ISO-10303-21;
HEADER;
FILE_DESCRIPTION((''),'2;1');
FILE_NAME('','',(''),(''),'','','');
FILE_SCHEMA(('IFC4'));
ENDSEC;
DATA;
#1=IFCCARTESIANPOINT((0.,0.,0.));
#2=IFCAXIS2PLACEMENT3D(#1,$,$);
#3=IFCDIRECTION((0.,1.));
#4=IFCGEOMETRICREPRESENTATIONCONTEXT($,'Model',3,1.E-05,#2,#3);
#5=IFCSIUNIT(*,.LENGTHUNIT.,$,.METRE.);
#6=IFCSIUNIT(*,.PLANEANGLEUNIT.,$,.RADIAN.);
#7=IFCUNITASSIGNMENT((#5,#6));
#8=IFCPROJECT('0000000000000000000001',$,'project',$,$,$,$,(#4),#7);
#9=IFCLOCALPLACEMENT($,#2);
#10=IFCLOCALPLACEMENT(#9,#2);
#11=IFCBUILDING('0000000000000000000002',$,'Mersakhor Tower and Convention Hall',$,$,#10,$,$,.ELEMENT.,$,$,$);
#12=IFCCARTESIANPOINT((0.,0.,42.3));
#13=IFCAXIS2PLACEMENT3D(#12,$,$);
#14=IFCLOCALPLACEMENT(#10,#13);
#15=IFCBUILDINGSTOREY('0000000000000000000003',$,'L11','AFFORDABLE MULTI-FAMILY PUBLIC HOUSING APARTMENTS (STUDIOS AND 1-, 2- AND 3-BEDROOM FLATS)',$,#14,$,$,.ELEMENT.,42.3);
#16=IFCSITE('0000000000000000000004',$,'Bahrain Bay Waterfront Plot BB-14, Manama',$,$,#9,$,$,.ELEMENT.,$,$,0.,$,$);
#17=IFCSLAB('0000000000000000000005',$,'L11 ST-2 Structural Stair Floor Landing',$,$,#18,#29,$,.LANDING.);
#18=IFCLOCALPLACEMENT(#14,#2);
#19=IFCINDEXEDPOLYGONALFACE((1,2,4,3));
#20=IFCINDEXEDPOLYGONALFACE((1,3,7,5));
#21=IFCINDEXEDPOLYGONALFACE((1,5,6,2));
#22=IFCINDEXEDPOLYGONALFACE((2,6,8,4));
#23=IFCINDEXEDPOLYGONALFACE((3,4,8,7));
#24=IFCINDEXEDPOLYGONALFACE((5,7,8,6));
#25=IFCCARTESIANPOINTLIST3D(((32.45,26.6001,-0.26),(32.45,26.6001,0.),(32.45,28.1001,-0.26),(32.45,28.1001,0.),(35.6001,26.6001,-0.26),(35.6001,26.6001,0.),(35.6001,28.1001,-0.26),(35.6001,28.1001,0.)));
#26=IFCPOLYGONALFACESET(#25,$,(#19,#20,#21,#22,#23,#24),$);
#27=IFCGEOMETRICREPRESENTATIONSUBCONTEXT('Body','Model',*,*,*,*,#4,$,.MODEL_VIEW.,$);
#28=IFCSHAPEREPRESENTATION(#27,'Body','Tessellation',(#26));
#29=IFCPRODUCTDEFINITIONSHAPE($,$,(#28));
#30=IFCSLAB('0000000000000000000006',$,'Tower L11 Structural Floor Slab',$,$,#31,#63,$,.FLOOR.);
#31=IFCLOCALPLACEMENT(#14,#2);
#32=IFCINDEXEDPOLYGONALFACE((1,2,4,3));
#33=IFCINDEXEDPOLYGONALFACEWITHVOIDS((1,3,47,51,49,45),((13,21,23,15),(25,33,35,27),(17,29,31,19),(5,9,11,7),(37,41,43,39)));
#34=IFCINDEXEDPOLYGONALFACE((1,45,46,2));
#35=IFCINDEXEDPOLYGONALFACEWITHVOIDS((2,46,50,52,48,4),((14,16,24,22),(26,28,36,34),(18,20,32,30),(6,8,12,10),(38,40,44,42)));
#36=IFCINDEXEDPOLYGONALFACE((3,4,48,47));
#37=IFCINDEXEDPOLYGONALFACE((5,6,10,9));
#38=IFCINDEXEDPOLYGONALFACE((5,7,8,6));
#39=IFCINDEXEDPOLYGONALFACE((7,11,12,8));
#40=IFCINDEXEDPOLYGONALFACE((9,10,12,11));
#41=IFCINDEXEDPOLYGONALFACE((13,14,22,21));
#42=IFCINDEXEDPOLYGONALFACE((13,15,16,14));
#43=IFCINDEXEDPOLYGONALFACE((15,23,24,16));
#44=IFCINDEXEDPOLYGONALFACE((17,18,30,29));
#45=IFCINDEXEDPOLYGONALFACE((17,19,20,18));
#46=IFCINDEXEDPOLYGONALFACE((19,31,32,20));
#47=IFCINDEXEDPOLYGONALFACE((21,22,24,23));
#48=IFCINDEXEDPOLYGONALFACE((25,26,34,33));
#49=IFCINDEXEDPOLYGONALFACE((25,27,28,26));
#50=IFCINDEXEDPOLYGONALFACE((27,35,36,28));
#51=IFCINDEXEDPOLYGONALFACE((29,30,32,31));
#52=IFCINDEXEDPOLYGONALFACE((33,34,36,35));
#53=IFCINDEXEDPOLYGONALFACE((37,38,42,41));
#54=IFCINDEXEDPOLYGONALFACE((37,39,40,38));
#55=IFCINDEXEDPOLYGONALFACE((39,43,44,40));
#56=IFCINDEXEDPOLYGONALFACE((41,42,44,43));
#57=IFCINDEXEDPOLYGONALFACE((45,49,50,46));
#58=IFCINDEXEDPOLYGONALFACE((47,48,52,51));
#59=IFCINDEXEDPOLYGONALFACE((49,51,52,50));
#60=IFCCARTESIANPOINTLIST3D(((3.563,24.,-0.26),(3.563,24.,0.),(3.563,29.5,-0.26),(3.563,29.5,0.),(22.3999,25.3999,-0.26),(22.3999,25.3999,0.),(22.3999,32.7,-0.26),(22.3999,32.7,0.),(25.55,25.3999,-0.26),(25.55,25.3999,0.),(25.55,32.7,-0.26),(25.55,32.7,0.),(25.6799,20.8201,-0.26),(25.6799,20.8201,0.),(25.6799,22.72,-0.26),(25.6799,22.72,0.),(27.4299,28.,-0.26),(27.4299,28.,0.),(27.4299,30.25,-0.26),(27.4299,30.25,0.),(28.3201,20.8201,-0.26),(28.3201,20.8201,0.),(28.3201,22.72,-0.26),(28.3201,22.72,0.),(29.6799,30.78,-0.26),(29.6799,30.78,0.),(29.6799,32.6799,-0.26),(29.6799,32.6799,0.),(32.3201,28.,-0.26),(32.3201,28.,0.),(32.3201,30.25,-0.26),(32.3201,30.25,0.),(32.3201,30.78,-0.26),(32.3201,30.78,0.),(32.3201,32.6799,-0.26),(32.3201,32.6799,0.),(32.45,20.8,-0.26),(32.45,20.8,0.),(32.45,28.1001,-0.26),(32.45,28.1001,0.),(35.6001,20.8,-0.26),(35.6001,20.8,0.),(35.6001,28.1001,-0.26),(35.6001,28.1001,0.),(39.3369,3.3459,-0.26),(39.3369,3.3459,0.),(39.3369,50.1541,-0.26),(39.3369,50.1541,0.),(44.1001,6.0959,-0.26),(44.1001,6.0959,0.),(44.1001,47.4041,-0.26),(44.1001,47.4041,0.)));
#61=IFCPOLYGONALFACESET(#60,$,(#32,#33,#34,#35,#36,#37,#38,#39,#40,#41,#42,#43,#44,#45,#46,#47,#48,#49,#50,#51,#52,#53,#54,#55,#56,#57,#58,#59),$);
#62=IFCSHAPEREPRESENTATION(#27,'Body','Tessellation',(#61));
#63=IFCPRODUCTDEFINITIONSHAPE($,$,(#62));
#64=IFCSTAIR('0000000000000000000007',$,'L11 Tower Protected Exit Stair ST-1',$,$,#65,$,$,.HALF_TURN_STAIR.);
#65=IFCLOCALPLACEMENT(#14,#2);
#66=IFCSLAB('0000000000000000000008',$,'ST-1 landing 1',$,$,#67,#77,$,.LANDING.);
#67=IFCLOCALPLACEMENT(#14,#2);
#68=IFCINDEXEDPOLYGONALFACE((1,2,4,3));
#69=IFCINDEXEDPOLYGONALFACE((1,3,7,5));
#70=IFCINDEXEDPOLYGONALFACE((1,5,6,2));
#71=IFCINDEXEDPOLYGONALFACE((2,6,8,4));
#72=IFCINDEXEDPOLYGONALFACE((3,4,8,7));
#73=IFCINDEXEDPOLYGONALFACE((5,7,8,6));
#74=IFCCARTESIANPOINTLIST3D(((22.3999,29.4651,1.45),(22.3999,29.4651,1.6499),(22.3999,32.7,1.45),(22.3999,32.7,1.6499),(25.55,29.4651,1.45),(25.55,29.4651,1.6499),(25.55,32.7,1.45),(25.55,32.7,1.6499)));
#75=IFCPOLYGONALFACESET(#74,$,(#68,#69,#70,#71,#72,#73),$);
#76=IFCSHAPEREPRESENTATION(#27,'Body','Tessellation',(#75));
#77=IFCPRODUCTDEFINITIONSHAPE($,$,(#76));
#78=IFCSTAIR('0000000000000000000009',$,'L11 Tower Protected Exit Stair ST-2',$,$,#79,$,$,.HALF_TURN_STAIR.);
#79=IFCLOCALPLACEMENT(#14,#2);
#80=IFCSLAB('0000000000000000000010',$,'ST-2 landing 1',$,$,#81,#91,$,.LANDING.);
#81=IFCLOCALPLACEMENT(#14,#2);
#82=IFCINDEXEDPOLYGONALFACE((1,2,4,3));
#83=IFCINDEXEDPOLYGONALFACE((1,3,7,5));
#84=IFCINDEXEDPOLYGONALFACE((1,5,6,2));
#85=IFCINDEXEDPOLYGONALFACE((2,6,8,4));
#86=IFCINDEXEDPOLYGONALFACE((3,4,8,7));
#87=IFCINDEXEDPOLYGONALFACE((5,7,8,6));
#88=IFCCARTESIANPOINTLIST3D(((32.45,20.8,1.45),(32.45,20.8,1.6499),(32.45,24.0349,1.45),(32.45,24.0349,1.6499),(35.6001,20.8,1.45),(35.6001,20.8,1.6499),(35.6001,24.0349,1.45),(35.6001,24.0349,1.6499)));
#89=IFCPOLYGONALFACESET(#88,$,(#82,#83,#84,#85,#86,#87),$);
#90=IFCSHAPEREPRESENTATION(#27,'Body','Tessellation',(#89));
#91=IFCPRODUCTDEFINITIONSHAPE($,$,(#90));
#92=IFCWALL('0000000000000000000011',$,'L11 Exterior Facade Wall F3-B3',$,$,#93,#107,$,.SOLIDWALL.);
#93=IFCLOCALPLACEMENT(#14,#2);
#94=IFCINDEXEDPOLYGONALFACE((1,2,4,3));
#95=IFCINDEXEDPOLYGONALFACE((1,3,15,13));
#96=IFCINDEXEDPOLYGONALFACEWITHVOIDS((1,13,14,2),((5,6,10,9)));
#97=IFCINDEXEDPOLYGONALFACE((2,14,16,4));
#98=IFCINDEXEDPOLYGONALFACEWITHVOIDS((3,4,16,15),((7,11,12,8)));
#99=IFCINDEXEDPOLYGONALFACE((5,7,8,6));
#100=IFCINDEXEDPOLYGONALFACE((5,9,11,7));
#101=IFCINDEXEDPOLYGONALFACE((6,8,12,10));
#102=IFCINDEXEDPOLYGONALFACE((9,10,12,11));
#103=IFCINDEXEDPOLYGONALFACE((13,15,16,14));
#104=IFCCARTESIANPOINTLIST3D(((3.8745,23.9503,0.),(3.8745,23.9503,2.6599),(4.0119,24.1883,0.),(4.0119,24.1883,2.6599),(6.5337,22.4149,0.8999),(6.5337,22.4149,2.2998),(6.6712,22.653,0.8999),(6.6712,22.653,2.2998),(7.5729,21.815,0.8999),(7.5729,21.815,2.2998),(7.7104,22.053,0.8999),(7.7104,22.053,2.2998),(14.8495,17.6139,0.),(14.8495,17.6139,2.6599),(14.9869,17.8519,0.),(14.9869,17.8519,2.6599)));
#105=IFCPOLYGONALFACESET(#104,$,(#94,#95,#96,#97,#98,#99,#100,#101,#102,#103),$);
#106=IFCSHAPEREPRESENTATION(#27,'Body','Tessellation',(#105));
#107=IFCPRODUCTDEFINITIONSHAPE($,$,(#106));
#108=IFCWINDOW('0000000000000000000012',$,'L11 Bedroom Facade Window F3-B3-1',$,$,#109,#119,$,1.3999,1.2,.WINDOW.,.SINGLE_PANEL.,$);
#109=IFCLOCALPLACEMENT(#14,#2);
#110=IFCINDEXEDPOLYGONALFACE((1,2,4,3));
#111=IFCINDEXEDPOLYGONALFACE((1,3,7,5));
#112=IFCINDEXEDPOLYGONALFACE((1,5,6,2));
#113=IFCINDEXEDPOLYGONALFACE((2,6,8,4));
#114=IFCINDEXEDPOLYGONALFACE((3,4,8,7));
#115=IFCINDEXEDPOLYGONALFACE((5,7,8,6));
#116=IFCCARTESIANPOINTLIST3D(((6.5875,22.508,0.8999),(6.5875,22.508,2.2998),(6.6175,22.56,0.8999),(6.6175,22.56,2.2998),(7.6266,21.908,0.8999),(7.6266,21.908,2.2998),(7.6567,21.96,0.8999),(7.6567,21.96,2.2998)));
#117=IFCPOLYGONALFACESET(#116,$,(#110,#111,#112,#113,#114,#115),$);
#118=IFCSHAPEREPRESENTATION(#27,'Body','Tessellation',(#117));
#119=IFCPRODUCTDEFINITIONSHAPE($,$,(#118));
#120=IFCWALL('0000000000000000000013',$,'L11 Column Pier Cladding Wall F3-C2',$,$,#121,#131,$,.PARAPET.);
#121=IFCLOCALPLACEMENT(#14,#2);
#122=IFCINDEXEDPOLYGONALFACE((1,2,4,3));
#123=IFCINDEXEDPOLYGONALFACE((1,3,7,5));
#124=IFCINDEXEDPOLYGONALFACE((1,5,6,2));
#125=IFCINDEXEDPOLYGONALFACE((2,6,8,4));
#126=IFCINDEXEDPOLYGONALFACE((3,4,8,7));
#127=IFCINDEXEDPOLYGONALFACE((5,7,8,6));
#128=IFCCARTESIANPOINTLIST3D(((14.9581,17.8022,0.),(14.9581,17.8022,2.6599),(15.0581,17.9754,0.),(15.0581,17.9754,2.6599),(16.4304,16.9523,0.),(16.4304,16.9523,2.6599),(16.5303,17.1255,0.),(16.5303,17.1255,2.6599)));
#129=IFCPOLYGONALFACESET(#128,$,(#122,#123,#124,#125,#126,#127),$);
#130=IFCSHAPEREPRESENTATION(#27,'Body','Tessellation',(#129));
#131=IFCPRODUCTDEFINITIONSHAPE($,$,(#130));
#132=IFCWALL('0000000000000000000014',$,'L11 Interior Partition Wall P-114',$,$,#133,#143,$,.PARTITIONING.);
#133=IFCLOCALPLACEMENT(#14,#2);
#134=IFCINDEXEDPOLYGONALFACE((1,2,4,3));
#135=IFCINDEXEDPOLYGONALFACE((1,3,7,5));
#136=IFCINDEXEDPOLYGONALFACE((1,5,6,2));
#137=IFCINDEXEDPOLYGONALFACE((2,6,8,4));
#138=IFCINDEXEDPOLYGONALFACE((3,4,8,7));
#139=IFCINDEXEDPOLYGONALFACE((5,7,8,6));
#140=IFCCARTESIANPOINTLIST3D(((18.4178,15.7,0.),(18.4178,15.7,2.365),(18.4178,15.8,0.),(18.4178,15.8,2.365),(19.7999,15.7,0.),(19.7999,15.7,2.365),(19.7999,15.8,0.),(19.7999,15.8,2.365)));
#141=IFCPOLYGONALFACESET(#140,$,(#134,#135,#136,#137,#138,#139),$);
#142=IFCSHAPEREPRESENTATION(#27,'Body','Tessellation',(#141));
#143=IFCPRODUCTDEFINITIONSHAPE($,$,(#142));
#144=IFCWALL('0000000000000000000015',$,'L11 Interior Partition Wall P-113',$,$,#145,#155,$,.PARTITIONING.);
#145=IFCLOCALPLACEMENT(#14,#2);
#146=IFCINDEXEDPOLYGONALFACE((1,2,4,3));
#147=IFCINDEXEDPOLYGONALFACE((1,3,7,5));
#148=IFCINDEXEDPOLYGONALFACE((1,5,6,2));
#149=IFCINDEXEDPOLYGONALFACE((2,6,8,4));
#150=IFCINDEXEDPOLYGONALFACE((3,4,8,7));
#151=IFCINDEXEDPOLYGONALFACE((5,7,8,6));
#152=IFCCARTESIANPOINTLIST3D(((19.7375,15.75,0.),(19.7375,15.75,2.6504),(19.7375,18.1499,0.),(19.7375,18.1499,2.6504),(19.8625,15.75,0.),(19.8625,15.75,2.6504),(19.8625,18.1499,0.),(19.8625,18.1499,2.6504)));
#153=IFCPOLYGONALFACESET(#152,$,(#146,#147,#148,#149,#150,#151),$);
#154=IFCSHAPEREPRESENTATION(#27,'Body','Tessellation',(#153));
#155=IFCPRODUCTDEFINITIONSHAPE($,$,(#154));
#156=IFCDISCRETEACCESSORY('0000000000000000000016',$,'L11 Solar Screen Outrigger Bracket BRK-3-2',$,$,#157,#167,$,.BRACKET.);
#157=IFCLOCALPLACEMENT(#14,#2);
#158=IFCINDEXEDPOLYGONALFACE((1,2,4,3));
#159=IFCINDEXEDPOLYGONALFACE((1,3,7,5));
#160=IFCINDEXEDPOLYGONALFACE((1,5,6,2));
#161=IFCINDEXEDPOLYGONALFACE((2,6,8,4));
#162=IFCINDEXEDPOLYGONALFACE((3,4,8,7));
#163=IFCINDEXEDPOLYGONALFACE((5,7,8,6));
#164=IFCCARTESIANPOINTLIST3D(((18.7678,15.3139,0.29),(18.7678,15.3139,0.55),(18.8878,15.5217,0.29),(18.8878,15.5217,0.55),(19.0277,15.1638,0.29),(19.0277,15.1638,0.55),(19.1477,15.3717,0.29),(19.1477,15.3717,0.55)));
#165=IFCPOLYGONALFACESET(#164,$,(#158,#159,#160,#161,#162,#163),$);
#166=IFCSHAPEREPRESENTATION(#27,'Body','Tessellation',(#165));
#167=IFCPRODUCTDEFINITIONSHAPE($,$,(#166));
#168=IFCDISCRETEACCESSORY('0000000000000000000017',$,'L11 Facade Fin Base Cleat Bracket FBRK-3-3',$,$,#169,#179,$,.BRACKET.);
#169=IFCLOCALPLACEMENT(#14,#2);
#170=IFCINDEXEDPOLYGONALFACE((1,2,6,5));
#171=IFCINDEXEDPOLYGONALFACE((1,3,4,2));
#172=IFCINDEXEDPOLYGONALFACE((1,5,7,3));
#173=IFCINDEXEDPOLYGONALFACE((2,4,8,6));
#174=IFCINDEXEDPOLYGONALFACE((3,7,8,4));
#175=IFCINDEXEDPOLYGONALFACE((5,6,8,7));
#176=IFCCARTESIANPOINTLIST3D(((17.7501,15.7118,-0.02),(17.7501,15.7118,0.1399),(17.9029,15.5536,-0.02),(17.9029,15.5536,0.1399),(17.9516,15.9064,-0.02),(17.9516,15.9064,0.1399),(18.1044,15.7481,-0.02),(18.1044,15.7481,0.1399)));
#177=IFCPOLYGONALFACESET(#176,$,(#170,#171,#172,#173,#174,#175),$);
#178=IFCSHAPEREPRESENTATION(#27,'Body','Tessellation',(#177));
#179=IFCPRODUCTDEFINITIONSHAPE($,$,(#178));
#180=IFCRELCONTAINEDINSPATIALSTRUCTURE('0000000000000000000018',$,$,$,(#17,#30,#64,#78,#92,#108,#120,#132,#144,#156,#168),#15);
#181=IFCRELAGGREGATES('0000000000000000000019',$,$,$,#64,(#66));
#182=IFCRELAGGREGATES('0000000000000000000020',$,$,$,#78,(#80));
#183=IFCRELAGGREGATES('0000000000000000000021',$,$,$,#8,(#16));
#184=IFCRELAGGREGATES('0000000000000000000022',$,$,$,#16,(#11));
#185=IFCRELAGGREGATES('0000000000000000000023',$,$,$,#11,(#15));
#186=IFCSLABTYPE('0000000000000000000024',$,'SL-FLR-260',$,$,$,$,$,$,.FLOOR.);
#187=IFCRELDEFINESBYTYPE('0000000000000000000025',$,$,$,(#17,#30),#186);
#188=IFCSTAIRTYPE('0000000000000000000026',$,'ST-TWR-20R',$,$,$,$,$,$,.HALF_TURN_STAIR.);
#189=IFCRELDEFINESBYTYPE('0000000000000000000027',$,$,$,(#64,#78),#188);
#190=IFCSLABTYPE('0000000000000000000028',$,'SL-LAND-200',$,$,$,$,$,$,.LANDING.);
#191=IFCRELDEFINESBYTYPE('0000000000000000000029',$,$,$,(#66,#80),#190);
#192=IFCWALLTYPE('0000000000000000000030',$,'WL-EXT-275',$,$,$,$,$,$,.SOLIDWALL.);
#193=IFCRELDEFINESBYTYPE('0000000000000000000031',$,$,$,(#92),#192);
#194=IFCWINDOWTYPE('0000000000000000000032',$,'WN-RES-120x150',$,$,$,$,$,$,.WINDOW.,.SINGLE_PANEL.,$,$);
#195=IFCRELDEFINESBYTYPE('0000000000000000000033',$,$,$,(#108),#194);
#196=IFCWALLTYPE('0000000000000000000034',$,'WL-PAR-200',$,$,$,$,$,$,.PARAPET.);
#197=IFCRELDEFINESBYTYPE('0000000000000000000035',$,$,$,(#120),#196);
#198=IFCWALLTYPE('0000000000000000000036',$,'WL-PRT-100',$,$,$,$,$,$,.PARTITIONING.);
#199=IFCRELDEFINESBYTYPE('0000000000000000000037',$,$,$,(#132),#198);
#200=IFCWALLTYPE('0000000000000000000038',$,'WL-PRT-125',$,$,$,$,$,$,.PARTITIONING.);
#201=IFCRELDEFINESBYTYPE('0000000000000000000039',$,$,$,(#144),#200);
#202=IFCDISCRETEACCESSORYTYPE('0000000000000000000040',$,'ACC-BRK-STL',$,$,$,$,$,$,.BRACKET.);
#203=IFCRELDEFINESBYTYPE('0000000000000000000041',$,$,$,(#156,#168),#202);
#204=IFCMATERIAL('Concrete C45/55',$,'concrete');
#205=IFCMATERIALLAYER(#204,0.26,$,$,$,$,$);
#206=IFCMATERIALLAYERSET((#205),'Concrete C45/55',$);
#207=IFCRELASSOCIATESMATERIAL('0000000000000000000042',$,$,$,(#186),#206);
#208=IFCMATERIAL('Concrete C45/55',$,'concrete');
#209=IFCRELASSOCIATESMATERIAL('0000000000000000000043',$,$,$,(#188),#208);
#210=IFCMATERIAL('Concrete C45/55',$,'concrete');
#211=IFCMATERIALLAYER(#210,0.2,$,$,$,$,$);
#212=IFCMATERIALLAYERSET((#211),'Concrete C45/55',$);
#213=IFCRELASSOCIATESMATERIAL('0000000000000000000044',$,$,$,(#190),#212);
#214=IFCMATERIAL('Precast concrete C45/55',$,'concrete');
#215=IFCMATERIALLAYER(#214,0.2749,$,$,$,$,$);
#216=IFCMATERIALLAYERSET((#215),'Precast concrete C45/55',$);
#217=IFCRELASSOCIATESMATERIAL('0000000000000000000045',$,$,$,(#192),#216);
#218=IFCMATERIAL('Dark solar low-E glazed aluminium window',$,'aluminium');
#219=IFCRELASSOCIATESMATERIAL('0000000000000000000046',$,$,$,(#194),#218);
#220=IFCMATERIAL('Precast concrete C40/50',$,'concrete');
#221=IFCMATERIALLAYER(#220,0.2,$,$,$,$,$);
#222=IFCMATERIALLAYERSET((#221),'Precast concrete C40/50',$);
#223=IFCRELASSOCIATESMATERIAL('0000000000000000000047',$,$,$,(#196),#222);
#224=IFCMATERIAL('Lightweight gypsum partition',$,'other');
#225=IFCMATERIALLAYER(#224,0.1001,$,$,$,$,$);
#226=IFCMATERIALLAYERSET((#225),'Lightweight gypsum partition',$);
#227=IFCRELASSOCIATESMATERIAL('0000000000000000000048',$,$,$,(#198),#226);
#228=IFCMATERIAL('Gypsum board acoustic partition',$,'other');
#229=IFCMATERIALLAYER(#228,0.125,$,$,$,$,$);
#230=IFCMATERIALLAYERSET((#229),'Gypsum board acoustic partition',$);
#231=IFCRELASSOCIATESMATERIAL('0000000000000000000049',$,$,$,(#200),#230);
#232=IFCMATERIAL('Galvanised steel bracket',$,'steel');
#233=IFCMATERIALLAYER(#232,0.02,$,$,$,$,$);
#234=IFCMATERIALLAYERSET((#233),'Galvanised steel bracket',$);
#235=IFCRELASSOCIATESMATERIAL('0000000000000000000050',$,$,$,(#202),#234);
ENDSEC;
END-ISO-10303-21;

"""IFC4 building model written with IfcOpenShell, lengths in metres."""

from ifc_helpers import new_model, si_unit, direction, frame, frame_2d, origin, origin_2d, place, context, subcontext, project, spatial, polyline, rectangle, outline, extrude, material, layer, layer_set, type_object, element, fill, aggregate, save


model = new_model("IFC4")

# Units and contexts
model_context = context("Model", 3, precision=1e-05, world=origin(), true_north=direction((0.0, 1.0)))
body_context = subcontext(model_context, "Body", "Model", "MODEL_VIEW")
ifc_project = project(units=[si_unit("LENGTHUNIT", "METRE"), si_unit("PLANEANGLEUNIT", "RADIAN")], contexts=[model_context])

# Site, building, storey
site_placement = place(None, origin())
site = spatial("IfcSite", under=ifc_project, at=site_placement, Name="Bahrain Bay Waterfront Plot BB-14, Manama", CompositionType="ELEMENT", RefElevation=0.0)
building_placement = place(site_placement, origin())
building = spatial("IfcBuilding", under=site, at=building_placement, Name="Mersakhor Tower and Convention Hall", CompositionType="ELEMENT")
storey_placement = place(building_placement, frame((0.0, 0.0, 42.3)))
storey = spatial("IfcBuildingStorey", under=building, at=storey_placement, Name="L11", Description="AFFORDABLE MULTI-FAMILY PUBLIC HOUSING APARTMENTS (STUDIOS AND 1-, 2- AND 3-BEDROOM FLATS)", CompositionType="ELEMENT", Elevation=42.3)

# Slabs
ifc_material_1 = material(Name="Concrete C45/55", Category="concrete")
ifc_layer_1 = layer(ifc_material_1, 0.26)
ifc_layer_set_1 = layer_set([ifc_layer_1], Name="Concrete C45/55")
slab_type_1 = type_object("IfcSlabType", Name="SL-FLR-260", PredefinedType="FLOOR", material=ifc_layer_set_1)
slab_1_placement = place(storey_placement, frame((0.0, 0.0, -0.26)))
element("IfcSlab", 1, at=slab_1_placement, inside=storey, type_object=slab_type_1, Name="L11 ST-2 Structural Stair Floor Landing", PredefinedType="LANDING", context=body_context, shape_type="SweptSolid", body=[
    extrude(outline(polyline([(32.45, 28.1001), (32.45, 26.6001), (35.6001, 26.6001), (35.6001, 28.1001), (32.45, 28.1001)])), origin(), (0.0, 0.0, 1.0), 0.26),
])
slab_2_placement = place(storey_placement, frame((0.0, 0.0, -0.26)))
element("IfcSlab", 2, at=slab_2_placement, inside=storey, type_object=slab_type_1, Name="Tower L11 Structural Floor Slab", PredefinedType="FLOOR", context=body_context, shape_type="SweptSolid", body=[
    extrude(outline(polyline([(3.563, 29.5), (39.3369, 50.1541), (44.1001, 47.4041), (44.1001, 6.0959), (39.3369, 3.3459), (3.563, 24.0), (3.563, 29.5)]), holes=[polyline([(25.55, 25.3999), (25.55, 32.7), (22.3999, 32.7), (22.3999, 25.3999), (25.55, 25.3999)]), polyline([(32.45, 28.1001), (32.45, 20.8), (35.6001, 20.8), (35.6001, 28.1001), (32.45, 28.1001)]), polyline([(25.6799, 20.8201), (25.6799, 22.72), (28.3201, 22.72), (28.3201, 20.8201), (25.6799, 20.8201)]), polyline([(29.6799, 30.78), (29.6799, 32.6799), (32.3201, 32.6799), (32.3201, 30.78), (29.6799, 30.78)]), polyline([(27.4299, 28.0), (27.4299, 30.25), (32.3201, 30.25), (32.3201, 28.0), (27.4299, 28.0)])]), origin(), (0.0, 0.0, 1.0), 0.26),
])

# Stairs, slabs
ifc_material_2 = material(Name="Concrete C45/55", Category="concrete")
stair_type = type_object("IfcStairType", Name="ST-TWR-20R", PredefinedType="HALF_TURN_STAIR", material=ifc_material_2)
stair_1_placement = place(storey_placement, origin())
stair_1 = element("IfcStair", 3, at=stair_1_placement, inside=storey, type_object=stair_type, Name="L11 Tower Protected Exit Stair ST-1", PredefinedType="HALF_TURN_STAIR")
ifc_material_3 = material(Name="Concrete C45/55", Category="concrete")
ifc_layer_2 = layer(ifc_material_3, 0.2)
ifc_layer_set_2 = layer_set([ifc_layer_2], Name="Concrete C45/55")
slab_type_2 = type_object("IfcSlabType", Name="SL-LAND-200", PredefinedType="LANDING", material=ifc_layer_set_2)
slab_3_placement = place(storey_placement, frame((0.0, 0.0, 1.45)))
slab_3 = element("IfcSlab", 4, at=slab_3_placement, type_object=slab_type_2, Name="ST-1 landing 1", PredefinedType="LANDING", context=body_context, shape_type="SweptSolid", body=[
    extrude(outline(polyline([(25.55, 29.4651), (25.55, 32.7), (22.3999, 32.7), (22.3999, 29.4651), (25.55, 29.4651)])), origin(), (0.0, 0.0, 1.0), 0.2),
])
aggregate(stair_1, [slab_3])
stair_2_placement = place(storey_placement, origin())
stair_2 = element("IfcStair", 5, at=stair_2_placement, inside=storey, type_object=stair_type, Name="L11 Tower Protected Exit Stair ST-2", PredefinedType="HALF_TURN_STAIR")
slab_4_placement = place(storey_placement, frame((0.0, 0.0, 1.45)))
slab_4 = element("IfcSlab", 6, at=slab_4_placement, type_object=slab_type_2, Name="ST-2 landing 1", PredefinedType="LANDING", context=body_context, shape_type="SweptSolid", body=[
    extrude(outline(polyline([(32.45, 24.0349), (32.45, 20.8), (35.6001, 20.8), (35.6001, 24.0349), (32.45, 24.0349)])), origin(), (0.0, 0.0, 1.0), 0.2),
])
aggregate(stair_2, [slab_4])

# Wall, opening, window
ifc_material_4 = material(Name="Precast concrete C45/55", Category="concrete")
ifc_layer_3 = layer(ifc_material_4, 0.2749)
ifc_layer_set_3 = layer_set([ifc_layer_3], Name="Precast concrete C45/55")
wall_type_1 = type_object("IfcWallType", Name="WL-EXT-275", PredefinedType="SOLIDWALL", material=ifc_layer_set_3)
wall_1_placement = place(storey_placement, frame((14.9182, 17.7329, 0.0), z_axis=(0.0, 0.0, 1.0), x_axis=(-0.866027, 0.499997, 0.0)))
wall_1 = element("IfcWall", 7, at=wall_1_placement, inside=storey, type_object=wall_type_1, Name="L11 Exterior Facade Wall F3-B3", PredefinedType="SOLIDWALL", context=body_context, shape_type="SweptSolid", body=[
    extrude(rectangle(XDim=12.6729, YDim=0.2749, at=frame_2d((6.3364, 0.0))), origin(), (0.0, 0.0, 1.0), 2.6599),
])
opening_placement = place(wall_1_placement, frame((8.4021, 0.0, 0.8999)))
opening = element("IfcOpeningElement", 8, at=opening_placement, cuts=wall_1, PredefinedType="OPENING", context=body_context, shape_type="SweptSolid", body=[
    extrude(rectangle(XDim=1.2, YDim=1.3999, at=frame_2d((0.6001, 0.7))), frame((0.0, 0.1475, 0.0), z_axis=(0.0, -1.0, 0.0), x_axis=(1.0, 0.0, 0.0)), (0.0, 0.0, 1.0), 0.2949),
])
ifc_material_5 = material(Name="Dark solar low-E glazed aluminium window", Category="aluminium")
window_type = type_object("IfcWindowType", Name="WN-RES-120x150", PartitioningType="SINGLE_PANEL", PredefinedType="WINDOW", material=ifc_material_5)
window_placement = place(opening_placement, origin())
window = element("IfcWindow", 9, at=window_placement, inside=storey, type_object=window_type, Name="L11 Bedroom Facade Window F3-B3-1", OverallHeight=1.3999, OverallWidth=1.2, PartitioningType="SINGLE_PANEL", PredefinedType="WINDOW", context=body_context, shape_type="SweptSolid", body=[
    extrude(rectangle(XDim=1.2, YDim=1.3999, at=frame_2d((0.6001, 0.7))), frame((0.0, 0.03, 0.0), z_axis=(0.0, -1.0, 0.0), x_axis=(1.0, 0.0, 0.0)), (0.0, 0.0, 1.0), 0.0601),
])
fill(opening, window)

# Walls
ifc_material_6 = material(Name="Precast concrete C40/50", Category="concrete")
ifc_layer_4 = layer(ifc_material_6, 0.2)
ifc_layer_set_4 = layer_set([ifc_layer_4], Name="Precast concrete C40/50")
wall_type_2 = type_object("IfcWallType", Name="WL-PAR-200", PredefinedType="PARAPET", material=ifc_layer_set_4)
wall_2_placement = place(storey_placement, frame((16.4805, 17.0388, 0.0), z_axis=(0.0, 0.0, 1.0), x_axis=(-0.866052, 0.499955, 0.0)))
element("IfcWall", 10, at=wall_2_placement, inside=storey, type_object=wall_type_2, Name="L11 Column Pier Cladding Wall F3-C2", PredefinedType="PARAPET", context=body_context, shape_type="SweptSolid", body=[
    extrude(rectangle(XDim=1.7, YDim=0.2, at=frame_2d((0.8501, 0.0))), origin(), (0.0, 0.0, 1.0), 2.6599),
])
ifc_material_7 = material(Name="Lightweight gypsum partition", Category="other")
ifc_layer_5 = layer(ifc_material_7, 0.1001)
ifc_layer_set_5 = layer_set([ifc_layer_5], Name="Lightweight gypsum partition")
wall_type_3 = type_object("IfcWallType", Name="WL-PRT-100", PredefinedType="PARTITIONING", material=ifc_layer_set_5)
wall_3_placement = place(storey_placement, frame((18.418, 15.75, 0.0), z_axis=(0.0, 0.0, 1.0), x_axis=(1.0, 0.0, 0.0)))
element("IfcWall", 11, at=wall_3_placement, inside=storey, type_object=wall_type_3, Name="L11 Interior Partition Wall P-114", PredefinedType="PARTITIONING", context=body_context, shape_type="SweptSolid", body=[
    extrude(rectangle(XDim=1.3821, YDim=0.1001, at=frame_2d((0.6909, 0.0))), origin(), (0.0, 0.0, 1.0), 2.365),
])
ifc_material_8 = material(Name="Gypsum board acoustic partition", Category="other")
ifc_layer_6 = layer(ifc_material_8, 0.125)
ifc_layer_set_6 = layer_set([ifc_layer_6], Name="Gypsum board acoustic partition")
wall_type_4 = type_object("IfcWallType", Name="WL-PRT-125", PredefinedType="PARTITIONING", material=ifc_layer_set_6)
wall_4_placement = place(storey_placement, frame((19.8, 15.75, 0.0), z_axis=(0.0, 0.0, 1.0), x_axis=(0.0, 1.0, 0.0)))
element("IfcWall", 12, at=wall_4_placement, inside=storey, type_object=wall_type_4, Name="L11 Interior Partition Wall P-113", PredefinedType="PARTITIONING", context=body_context, shape_type="SweptSolid", body=[
    extrude(rectangle(XDim=2.3999, YDim=0.125, at=frame_2d((1.2, 0.0))), origin(), (0.0, 0.0, 1.0), 2.6504),
])

# Discrete accessories
ifc_material_9 = material(Name="Galvanised steel bracket", Category="steel")
ifc_layer_7 = layer(ifc_material_9, 0.02)
ifc_layer_set_7 = layer_set([ifc_layer_7], Name="Galvanised steel bracket")
discrete_accessory_type = type_object("IfcDiscreteAccessoryType", Name="ACC-BRK-STL", PredefinedType="BRACKET", material=ifc_layer_set_7)
discrete_accessory_1_placement = place(storey_placement, frame((18.9578, 15.3428, 0.29), z_axis=(0.0, 0.0, 1.0), x_axis=(-0.866025, 0.5, 0.0)))
element("IfcDiscreteAccessory", 13, at=discrete_accessory_1_placement, inside=storey, type_object=discrete_accessory_type, Name="L11 Solar Screen Outrigger Bracket BRK-3-2", PredefinedType="BRACKET", context=body_context, shape_type="SweptSolid", body=[
    extrude(rectangle(XDim=0.3, YDim=0.24, at=origin_2d()), origin(), (0.0, 0.0, 1.0), 0.26),
])
discrete_accessory_2_placement = place(storey_placement, frame((17.9272, 15.73, -0.02), z_axis=(0.0, 0.0, 1.0), x_axis=(-0.71934, -0.694658, 0.0)))
element("IfcDiscreteAccessory", 14, at=discrete_accessory_2_placement, inside=storey, type_object=discrete_accessory_type, Name="L11 Facade Fin Base Cleat Bracket FBRK-3-3", PredefinedType="BRACKET", context=body_context, shape_type="SweptSolid", body=[
    extrude(rectangle(XDim=0.28, YDim=0.22, at=origin_2d()), origin(), (0.0, 0.0, 1.0), 0.1599),
])

save(model, "model.ifc")
